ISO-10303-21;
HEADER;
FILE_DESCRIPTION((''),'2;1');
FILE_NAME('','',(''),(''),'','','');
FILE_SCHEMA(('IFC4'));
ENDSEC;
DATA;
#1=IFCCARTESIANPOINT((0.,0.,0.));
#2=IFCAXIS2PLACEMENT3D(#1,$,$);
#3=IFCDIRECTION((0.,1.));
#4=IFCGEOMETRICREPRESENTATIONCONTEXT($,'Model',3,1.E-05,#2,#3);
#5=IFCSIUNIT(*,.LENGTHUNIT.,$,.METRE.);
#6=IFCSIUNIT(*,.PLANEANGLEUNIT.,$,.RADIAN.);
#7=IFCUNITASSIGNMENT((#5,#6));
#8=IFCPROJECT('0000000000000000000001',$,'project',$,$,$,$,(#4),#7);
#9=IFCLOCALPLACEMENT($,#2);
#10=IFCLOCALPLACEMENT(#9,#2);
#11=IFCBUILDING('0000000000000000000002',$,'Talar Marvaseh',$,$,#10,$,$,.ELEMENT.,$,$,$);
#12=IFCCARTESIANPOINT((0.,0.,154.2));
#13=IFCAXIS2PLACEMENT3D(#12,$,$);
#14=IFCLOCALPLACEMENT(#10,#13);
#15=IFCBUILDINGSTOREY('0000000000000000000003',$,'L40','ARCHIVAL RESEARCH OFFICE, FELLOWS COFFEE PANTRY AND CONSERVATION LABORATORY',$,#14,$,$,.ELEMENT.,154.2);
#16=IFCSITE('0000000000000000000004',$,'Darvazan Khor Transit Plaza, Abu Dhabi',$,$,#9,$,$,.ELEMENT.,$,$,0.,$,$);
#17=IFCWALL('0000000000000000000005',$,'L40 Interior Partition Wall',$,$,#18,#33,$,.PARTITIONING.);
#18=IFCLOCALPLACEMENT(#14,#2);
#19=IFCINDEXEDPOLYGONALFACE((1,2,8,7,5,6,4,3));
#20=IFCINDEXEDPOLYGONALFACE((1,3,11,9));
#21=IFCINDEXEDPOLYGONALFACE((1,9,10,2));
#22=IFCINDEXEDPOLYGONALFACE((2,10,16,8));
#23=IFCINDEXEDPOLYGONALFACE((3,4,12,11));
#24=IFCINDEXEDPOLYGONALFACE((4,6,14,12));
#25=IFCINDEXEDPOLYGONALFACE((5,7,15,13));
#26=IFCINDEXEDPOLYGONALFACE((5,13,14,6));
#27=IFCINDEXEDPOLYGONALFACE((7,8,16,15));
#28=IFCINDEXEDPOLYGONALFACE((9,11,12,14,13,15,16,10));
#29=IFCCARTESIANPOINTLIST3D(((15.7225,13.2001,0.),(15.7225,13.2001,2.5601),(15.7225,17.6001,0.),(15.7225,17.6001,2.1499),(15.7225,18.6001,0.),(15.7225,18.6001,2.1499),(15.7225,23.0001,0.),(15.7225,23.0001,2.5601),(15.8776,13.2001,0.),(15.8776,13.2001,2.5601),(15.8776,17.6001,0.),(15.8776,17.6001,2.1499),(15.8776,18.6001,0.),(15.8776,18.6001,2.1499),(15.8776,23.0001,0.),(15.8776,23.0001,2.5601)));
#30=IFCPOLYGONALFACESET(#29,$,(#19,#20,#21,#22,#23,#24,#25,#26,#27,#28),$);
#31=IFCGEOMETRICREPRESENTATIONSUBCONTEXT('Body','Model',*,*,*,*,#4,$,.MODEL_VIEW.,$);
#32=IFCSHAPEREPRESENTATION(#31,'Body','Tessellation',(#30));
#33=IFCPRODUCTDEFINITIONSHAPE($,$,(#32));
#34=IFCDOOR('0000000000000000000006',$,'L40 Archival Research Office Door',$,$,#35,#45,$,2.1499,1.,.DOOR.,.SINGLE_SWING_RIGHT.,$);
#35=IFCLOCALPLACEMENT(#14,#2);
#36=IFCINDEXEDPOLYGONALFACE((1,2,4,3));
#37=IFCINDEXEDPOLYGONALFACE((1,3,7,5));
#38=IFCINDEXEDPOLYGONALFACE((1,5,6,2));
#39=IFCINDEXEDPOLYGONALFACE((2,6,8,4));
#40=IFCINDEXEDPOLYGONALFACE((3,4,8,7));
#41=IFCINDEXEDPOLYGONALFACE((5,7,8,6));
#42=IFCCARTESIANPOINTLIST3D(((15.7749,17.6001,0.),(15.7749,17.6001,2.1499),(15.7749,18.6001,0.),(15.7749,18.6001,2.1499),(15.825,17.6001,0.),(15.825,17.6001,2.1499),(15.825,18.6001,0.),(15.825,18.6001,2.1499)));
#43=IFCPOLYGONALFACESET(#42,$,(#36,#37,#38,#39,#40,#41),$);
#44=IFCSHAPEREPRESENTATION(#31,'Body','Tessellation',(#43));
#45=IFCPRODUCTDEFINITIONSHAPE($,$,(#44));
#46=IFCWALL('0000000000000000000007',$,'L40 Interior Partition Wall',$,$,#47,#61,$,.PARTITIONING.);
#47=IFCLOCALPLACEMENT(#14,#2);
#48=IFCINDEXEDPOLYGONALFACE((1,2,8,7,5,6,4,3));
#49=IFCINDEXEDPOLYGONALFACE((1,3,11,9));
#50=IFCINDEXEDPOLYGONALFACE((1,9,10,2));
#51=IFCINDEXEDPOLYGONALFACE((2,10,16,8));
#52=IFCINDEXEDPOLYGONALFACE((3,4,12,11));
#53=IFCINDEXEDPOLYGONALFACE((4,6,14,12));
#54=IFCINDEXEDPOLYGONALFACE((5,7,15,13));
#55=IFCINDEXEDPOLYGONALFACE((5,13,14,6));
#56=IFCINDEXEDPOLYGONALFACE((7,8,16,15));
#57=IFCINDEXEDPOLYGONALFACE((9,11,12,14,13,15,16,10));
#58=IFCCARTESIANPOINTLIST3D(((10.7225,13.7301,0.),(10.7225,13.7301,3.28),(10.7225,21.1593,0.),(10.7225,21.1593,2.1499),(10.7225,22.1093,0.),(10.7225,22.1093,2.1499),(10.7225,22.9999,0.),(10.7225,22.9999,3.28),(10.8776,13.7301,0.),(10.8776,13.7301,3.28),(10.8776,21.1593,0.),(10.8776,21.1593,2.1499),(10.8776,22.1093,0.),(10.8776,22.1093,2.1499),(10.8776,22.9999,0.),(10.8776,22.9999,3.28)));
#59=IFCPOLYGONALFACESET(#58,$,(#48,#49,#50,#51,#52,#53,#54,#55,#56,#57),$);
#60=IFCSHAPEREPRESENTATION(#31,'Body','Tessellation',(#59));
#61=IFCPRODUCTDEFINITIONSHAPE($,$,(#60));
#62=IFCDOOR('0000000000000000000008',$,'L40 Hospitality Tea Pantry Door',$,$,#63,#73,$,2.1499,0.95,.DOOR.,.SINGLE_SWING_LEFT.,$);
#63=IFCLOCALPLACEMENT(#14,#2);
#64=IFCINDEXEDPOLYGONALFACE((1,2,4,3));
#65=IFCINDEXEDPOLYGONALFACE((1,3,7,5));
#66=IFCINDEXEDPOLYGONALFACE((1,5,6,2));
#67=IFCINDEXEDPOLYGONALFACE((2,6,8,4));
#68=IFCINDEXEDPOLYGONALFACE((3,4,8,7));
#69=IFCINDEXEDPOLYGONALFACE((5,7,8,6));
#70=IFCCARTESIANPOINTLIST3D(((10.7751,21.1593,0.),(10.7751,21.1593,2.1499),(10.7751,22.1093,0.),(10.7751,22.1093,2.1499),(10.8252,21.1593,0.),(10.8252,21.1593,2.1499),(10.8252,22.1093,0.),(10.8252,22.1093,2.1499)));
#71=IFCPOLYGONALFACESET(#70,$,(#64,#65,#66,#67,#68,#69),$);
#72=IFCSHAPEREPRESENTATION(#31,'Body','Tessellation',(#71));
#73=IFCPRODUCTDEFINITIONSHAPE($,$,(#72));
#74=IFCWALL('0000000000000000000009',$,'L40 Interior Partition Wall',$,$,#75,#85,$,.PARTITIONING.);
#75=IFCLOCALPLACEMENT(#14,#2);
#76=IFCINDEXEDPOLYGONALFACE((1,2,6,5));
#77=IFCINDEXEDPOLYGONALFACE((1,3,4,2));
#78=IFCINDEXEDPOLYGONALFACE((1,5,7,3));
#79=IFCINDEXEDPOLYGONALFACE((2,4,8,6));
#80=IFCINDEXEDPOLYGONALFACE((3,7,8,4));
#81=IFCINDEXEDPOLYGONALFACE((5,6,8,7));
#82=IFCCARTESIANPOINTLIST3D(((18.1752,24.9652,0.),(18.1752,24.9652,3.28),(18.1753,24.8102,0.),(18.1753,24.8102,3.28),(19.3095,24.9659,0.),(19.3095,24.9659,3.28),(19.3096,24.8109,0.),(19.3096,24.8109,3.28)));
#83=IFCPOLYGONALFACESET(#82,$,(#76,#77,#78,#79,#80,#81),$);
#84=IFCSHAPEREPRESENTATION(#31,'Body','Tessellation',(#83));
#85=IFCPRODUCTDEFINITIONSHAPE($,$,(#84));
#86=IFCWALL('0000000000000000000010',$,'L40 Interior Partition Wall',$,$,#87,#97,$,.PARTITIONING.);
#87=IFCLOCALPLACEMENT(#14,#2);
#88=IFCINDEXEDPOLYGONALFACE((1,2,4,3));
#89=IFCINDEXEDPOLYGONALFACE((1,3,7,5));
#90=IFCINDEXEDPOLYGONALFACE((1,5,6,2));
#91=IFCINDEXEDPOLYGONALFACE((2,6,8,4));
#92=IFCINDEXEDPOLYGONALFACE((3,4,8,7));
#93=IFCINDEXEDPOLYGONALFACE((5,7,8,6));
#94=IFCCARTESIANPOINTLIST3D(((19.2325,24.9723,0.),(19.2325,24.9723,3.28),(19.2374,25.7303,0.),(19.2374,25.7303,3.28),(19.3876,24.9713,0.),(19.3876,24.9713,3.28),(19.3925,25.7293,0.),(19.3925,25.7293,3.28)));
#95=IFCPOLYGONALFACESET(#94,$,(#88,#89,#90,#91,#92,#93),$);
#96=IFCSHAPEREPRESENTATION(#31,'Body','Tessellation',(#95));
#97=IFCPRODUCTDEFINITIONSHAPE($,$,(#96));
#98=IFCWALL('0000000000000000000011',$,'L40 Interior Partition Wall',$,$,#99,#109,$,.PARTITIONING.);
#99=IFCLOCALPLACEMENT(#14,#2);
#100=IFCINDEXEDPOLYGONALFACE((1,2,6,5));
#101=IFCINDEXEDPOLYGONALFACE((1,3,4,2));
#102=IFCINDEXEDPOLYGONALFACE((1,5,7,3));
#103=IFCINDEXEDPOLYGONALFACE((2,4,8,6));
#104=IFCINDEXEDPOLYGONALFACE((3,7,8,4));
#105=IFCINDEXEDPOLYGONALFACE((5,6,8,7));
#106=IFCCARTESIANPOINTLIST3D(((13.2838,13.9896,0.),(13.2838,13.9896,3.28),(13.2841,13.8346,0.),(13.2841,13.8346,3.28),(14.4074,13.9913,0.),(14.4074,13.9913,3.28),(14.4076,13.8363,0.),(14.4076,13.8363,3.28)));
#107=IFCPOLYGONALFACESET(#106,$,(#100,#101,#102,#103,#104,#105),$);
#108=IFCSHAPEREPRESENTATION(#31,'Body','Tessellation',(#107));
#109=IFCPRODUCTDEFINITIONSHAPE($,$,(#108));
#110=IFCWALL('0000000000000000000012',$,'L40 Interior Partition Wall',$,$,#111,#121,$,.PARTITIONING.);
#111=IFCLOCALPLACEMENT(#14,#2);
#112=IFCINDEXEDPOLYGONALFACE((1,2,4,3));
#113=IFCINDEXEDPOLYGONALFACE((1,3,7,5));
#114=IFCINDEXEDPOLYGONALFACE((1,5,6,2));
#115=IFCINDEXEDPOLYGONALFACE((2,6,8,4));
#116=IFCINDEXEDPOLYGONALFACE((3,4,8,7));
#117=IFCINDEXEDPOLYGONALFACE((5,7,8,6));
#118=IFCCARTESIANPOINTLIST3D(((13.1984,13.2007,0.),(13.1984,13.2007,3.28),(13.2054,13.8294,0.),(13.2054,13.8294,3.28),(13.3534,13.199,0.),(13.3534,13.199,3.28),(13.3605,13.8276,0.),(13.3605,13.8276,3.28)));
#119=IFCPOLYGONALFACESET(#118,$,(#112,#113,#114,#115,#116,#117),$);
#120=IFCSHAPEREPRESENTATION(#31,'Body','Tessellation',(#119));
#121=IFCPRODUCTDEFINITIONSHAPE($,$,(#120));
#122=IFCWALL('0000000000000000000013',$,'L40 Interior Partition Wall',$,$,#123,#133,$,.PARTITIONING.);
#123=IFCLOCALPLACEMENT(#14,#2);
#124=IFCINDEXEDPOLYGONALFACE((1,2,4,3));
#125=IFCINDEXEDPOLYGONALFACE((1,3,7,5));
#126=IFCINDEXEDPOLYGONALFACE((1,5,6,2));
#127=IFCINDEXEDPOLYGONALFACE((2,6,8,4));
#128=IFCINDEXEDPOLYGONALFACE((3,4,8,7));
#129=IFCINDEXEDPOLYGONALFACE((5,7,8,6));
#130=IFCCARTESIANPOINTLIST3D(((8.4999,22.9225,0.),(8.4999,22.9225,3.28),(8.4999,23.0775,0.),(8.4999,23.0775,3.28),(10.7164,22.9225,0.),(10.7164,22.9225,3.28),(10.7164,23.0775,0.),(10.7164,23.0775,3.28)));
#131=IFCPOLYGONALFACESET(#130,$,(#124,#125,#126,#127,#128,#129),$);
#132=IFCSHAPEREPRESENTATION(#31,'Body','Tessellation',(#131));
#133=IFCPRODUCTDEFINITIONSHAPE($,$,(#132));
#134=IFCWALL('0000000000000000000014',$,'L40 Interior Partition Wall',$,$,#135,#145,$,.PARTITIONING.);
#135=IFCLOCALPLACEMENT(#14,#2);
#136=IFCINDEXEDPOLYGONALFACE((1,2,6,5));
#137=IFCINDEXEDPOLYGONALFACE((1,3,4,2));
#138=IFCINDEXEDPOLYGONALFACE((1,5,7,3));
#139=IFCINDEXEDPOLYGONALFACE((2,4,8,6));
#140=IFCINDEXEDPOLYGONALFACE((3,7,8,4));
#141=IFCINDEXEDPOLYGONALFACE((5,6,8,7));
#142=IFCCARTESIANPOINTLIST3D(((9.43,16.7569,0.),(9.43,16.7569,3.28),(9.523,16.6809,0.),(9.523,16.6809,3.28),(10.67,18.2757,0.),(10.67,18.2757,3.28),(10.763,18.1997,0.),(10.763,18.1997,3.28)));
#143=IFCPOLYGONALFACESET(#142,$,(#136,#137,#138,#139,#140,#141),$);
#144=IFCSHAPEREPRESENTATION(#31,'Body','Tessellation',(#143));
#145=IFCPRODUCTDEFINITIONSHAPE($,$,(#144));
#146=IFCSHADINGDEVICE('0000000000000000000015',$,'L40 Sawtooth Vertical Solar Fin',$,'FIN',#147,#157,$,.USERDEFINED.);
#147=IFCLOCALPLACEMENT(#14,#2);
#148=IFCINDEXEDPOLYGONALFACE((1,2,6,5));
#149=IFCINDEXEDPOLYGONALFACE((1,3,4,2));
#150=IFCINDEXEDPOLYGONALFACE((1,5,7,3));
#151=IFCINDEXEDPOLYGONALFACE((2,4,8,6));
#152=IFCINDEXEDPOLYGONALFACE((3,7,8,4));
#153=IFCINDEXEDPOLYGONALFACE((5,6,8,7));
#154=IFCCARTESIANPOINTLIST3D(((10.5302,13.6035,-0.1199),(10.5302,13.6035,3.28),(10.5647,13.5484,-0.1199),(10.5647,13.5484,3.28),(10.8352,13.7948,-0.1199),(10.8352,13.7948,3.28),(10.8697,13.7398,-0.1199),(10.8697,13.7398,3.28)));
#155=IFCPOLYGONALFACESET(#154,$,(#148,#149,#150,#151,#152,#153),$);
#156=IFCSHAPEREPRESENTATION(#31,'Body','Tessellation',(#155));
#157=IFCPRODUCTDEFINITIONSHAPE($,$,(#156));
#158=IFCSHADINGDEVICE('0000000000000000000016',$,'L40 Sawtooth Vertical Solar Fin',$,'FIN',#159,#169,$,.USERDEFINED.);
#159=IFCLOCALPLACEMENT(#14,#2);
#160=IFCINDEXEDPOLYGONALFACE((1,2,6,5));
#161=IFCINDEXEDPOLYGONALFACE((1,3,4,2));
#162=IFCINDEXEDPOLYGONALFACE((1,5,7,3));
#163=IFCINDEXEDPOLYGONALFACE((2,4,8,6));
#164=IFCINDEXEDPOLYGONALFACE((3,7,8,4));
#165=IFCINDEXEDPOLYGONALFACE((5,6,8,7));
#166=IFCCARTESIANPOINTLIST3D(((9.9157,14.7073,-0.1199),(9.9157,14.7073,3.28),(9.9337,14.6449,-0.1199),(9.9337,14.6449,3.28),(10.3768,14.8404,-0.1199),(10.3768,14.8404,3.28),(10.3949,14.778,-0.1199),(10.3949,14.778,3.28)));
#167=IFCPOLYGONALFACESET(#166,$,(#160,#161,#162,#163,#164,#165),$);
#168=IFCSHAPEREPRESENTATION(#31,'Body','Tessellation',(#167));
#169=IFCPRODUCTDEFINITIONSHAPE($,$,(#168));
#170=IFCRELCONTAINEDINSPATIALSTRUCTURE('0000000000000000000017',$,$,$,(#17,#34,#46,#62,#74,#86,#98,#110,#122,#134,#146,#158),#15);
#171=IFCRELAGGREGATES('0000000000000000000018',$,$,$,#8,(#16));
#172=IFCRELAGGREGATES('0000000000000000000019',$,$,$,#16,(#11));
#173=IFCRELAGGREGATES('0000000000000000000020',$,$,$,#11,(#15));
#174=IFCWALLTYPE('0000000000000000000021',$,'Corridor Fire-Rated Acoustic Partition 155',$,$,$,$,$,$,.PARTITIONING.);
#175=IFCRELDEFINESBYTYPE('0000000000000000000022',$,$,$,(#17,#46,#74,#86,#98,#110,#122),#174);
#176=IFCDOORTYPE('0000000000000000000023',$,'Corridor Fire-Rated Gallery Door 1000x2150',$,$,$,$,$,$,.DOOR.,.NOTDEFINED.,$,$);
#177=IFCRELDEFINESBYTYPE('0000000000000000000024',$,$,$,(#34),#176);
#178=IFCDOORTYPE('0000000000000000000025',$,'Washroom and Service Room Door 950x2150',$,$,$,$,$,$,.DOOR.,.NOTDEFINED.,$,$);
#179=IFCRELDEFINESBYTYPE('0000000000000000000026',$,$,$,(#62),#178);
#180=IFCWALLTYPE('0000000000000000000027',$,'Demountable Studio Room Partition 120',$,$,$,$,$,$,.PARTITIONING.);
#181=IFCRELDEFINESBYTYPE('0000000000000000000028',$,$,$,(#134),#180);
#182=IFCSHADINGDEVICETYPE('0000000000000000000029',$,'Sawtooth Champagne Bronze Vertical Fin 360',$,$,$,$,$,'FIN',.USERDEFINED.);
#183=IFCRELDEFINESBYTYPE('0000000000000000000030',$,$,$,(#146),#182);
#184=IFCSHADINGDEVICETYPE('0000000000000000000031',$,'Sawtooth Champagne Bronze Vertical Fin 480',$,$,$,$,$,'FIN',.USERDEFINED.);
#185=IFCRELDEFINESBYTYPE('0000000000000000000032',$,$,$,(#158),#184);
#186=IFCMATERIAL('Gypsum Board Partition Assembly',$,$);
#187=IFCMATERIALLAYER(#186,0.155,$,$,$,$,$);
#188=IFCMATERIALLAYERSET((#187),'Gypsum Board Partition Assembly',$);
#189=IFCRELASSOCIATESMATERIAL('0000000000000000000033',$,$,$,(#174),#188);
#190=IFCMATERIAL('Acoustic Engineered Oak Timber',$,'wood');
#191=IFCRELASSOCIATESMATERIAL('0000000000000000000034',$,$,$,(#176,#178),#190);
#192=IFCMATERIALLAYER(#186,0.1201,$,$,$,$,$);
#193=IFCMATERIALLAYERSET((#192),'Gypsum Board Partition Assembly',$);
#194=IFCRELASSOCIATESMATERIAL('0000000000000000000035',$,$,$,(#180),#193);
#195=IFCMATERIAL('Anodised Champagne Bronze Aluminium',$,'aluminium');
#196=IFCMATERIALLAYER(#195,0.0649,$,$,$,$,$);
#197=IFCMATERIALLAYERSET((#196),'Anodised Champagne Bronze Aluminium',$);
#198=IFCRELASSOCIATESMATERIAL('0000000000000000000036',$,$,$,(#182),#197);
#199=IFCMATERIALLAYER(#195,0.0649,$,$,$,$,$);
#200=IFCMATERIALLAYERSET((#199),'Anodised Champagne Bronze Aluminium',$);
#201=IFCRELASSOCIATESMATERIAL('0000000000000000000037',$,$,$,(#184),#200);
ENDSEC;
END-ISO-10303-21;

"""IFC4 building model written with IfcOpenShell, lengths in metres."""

from ifc_helpers import new_model, si_unit, direction, frame, frame_2d, origin, origin_2d, place, context, subcontext, project, spatial, rectangle, extrude, source, transform, mapped, material, layer, layer_set, type_object, type_shapes, element, fill, save


model = new_model("IFC4")

# Units and contexts
model_context = context("Model", 3, precision=1e-05, world=origin(), true_north=direction((0.0, 1.0)))
body_context = subcontext(model_context, "Body", "Model", "MODEL_VIEW")
ifc_project = project(units=[si_unit("LENGTHUNIT", "METRE"), si_unit("PLANEANGLEUNIT", "RADIAN")], contexts=[model_context])

# Site, building, storey
site_placement = place(None, origin())
site = spatial("IfcSite", under=ifc_project, at=site_placement, Name="Darvazan Khor Transit Plaza, Abu Dhabi", CompositionType="ELEMENT", RefElevation=0.0)
building_placement = place(site_placement, origin())
building = spatial("IfcBuilding", under=site, at=building_placement, Name="Talar Marvaseh", CompositionType="ELEMENT")
storey_placement = place(building_placement, frame((0.0, 0.0, 154.2)))
storey = spatial("IfcBuildingStorey", under=building, at=storey_placement, Name="L40", Description="ARCHIVAL RESEARCH OFFICE, FELLOWS COFFEE PANTRY AND CONSERVATION LABORATORY", CompositionType="ELEMENT", Elevation=154.2)

# Walls, openings, doors
ifc_material_1 = material(Name="Gypsum Board Partition Assembly")
ifc_layer_1 = layer(ifc_material_1, 0.155)
ifc_layer_set_1 = layer_set([ifc_layer_1], Name="Gypsum Board Partition Assembly")
wall_type_1 = type_object("IfcWallType", Name="Corridor Fire-Rated Acoustic Partition 155", PredefinedType="PARTITIONING", material=ifc_layer_set_1)
wall_1_placement = place(storey_placement, frame((15.8, 23.0, 0.0), z_axis=(0.0, 0.0, 1.0), x_axis=(0.0, -1.0, 0.0)))
wall_1 = element("IfcWall", 1, at=wall_1_placement, inside=storey, type_object=wall_type_1, Name="L40 Interior Partition Wall", PredefinedType="PARTITIONING", context=body_context, shape_type="SweptSolid", body=[
    extrude(rectangle(XDim=9.8, YDim=0.155, at=frame_2d((4.8999, 0.0))), origin(), (0.0, 0.0, 1.0), 2.5601),
])
opening_1_placement = place(wall_1_placement, frame((4.3999, 0.0, 0.0)))
opening_1 = element("IfcOpeningElement", 2, at=opening_1_placement, cuts=wall_1, PredefinedType="OPENING", context=body_context, shape_type="SweptSolid", body=[
    extrude(rectangle(XDim=1.0, YDim=2.1499, at=frame_2d((0.5, 1.075))), frame((0.0, 0.0874, 0.0), z_axis=(0.0, -1.0, 0.0), x_axis=(1.0, 0.0, 0.0)), (0.0, 0.0, 1.0), 0.175),
])
ifc_material_2 = material(Name="Acoustic Engineered Oak Timber", Category="wood")
door_type_1 = type_object("IfcDoorType", Name="Corridor Fire-Rated Gallery Door 1000x2150", OperationType="NOTDEFINED", PredefinedType="DOOR", material=ifc_material_2)
shared_shape_1 = source(origin(), body_context, "Body", "SweptSolid", [
    extrude(rectangle(XDim=1.0, YDim=2.1499, at=frame_2d((0.5, 1.075))), frame((0.0, 0.0249, 0.0), z_axis=(0.0, -1.0, 0.0), x_axis=(1.0, 0.0, 0.0)), (0.0, 0.0, 1.0), 0.05),
])
type_shapes(door_type_1, [shared_shape_1])
door_1_placement = place(opening_1_placement, origin())
door_1 = element("IfcDoor", 3, at=door_1_placement, inside=storey, type_object=door_type_1, Name="L40 Archival Research Office Door", OperationType="SINGLE_SWING_RIGHT", OverallHeight=2.1499, OverallWidth=1.0, PredefinedType="DOOR", context=body_context, shape_type="MappedRepresentation", body=[
    mapped(shared_shape_1, transform((0.0, 0.0, 0.0), x_axis=(1.0, 0.0, 0.0), y_axis=(0.0, 1.0, 0.0), z_axis=(0.0, 0.0, 1.0), scale=1.0)),
])
fill(opening_1, door_1)
wall_2_placement = place(storey_placement, frame((10.8, 13.7302, 0.0), z_axis=(0.0, 0.0, 1.0), x_axis=(0.0, 1.0, 0.0)))
wall_2 = element("IfcWall", 4, at=wall_2_placement, inside=storey, type_object=wall_type_1, Name="L40 Interior Partition Wall", PredefinedType="PARTITIONING", context=body_context, shape_type="SweptSolid", body=[
    extrude(rectangle(XDim=9.2698, YDim=0.155, at=frame_2d((4.6348, 0.0))), origin(), (0.0, 0.0, 1.0), 3.28),
])
opening_2_placement = place(wall_2_placement, frame((7.429, 0.0, 0.0)))
opening_2 = element("IfcOpeningElement", 5, at=opening_2_placement, cuts=wall_2, PredefinedType="OPENING", context=body_context, shape_type="SweptSolid", body=[
    extrude(rectangle(XDim=0.95, YDim=2.1499, at=frame_2d((0.4751, 1.075))), frame((0.0, 0.0874, 0.0), z_axis=(0.0, -1.0, 0.0), x_axis=(1.0, 0.0, 0.0)), (0.0, 0.0, 1.0), 0.175),
])
door_type_2 = type_object("IfcDoorType", Name="Washroom and Service Room Door 950x2150", OperationType="NOTDEFINED", PredefinedType="DOOR", material=ifc_material_2)
shared_shape_2 = source(origin(), body_context, "Body", "SweptSolid", [
    extrude(rectangle(XDim=0.95, YDim=2.1499, at=frame_2d((0.4751, 1.075))), frame((0.0, 0.0249, 0.0), z_axis=(0.0, -1.0, 0.0), x_axis=(1.0, 0.0, 0.0)), (0.0, 0.0, 1.0), 0.05),
])
type_shapes(door_type_2, [shared_shape_2])
door_2_placement = place(opening_2_placement, origin())
door_2 = element("IfcDoor", 6, at=door_2_placement, inside=storey, type_object=door_type_2, Name="L40 Hospitality Tea Pantry Door", OperationType="SINGLE_SWING_LEFT", OverallHeight=2.1499, OverallWidth=0.95, PredefinedType="DOOR", context=body_context, shape_type="MappedRepresentation", body=[
    mapped(shared_shape_2, transform((0.0, 0.0, 0.0), x_axis=(1.0, 0.0, 0.0), y_axis=(0.0, 1.0, 0.0), z_axis=(0.0, 0.0, 1.0), scale=1.0)),
])
fill(opening_2, door_2)

# Walls
wall_3_placement = place(storey_placement, frame((18.1753, 24.8877, 0.0), z_axis=(0.0, 0.0, 1.0), x_axis=(1.0, 0.000646, 0.0)))
element("IfcWall", 7, at=wall_3_placement, inside=storey, type_object=wall_type_1, Name="L40 Interior Partition Wall", PredefinedType="PARTITIONING", context=body_context, shape_type="SweptSolid", body=[
    extrude(rectangle(XDim=1.1343, YDim=0.155, at=frame_2d((0.5671, 0.0))), origin(), (0.0, 0.0, 1.0), 3.28),
])
wall_4_placement = place(storey_placement, frame((19.3101, 24.9719, 0.0), z_axis=(0.0, 0.0, 1.0), x_axis=(0.006441, 0.999979, 0.0)))
element("IfcWall", 8, at=wall_4_placement, inside=storey, type_object=wall_type_1, Name="L40 Interior Partition Wall", PredefinedType="PARTITIONING", context=body_context, shape_type="SweptSolid", body=[
    extrude(rectangle(XDim=0.7581, YDim=0.155, at=frame_2d((0.3789, 0.0))), origin(), (0.0, 0.0, 1.0), 3.28),
])
wall_5_placement = place(storey_placement, frame((14.4075, 13.9138, 0.0), z_axis=(0.0, 0.0, 1.0), x_axis=(-0.999999, -0.001521, 0.0)))
element("IfcWall", 9, at=wall_5_placement, inside=storey, type_object=wall_type_1, Name="L40 Interior Partition Wall", PredefinedType="PARTITIONING", context=body_context, shape_type="SweptSolid", body=[
    extrude(rectangle(XDim=1.1235, YDim=0.155, at=frame_2d((0.5618, 0.0))), origin(), (0.0, 0.0, 1.0), 3.28),
])
wall_6_placement = place(storey_placement, frame((13.283, 13.8286, 0.0), z_axis=(0.0, 0.0, 1.0), x_axis=(-0.011261, -0.999937, 0.0)))
element("IfcWall", 10, at=wall_6_placement, inside=storey, type_object=wall_type_1, Name="L40 Interior Partition Wall", PredefinedType="PARTITIONING", context=body_context, shape_type="SweptSolid", body=[
    extrude(rectangle(XDim=0.6287, YDim=0.155, at=frame_2d((0.3145, 0.0))), origin(), (0.0, 0.0, 1.0), 3.28),
])
wall_7_placement = place(storey_placement, frame((10.7166, 23.0, 0.0), z_axis=(0.0, 0.0, 1.0), x_axis=(-1.0, 0.0, 0.0)))
element("IfcWall", 11, at=wall_7_placement, inside=storey, type_object=wall_type_1, Name="L40 Interior Partition Wall", PredefinedType="PARTITIONING", context=body_context, shape_type="SweptSolid", body=[
    extrude(rectangle(XDim=2.2166, YDim=0.155, at=frame_2d((1.1084, 0.0))), origin(), (0.0, 0.0, 1.0), 3.28),
])
ifc_layer_2 = layer(ifc_material_1, 0.1201)
ifc_layer_set_2 = layer_set([ifc_layer_2], Name="Gypsum Board Partition Assembly")
wall_type_2 = type_object("IfcWallType", Name="Demountable Studio Room Partition 120", PredefinedType="PARTITIONING", material=ifc_layer_set_2)
wall_8_placement = place(storey_placement, frame((10.7166, 18.2378, 0.0), z_axis=(0.0, 0.0, 1.0), x_axis=(-0.632424, -0.774623, 0.0)))
element("IfcWall", 12, at=wall_8_placement, inside=storey, type_object=wall_type_2, Name="L40 Interior Partition Wall", PredefinedType="PARTITIONING", context=body_context, shape_type="SweptSolid", body=[
    extrude(rectangle(XDim=1.9607, YDim=0.1201, at=frame_2d((0.9805, 0.0))), origin(), (0.0, 0.0, 1.0), 3.28),
])

# Shading devices
ifc_material_3 = material(Name="Anodised Champagne Bronze Aluminium", Category="aluminium")
ifc_layer_3 = layer(ifc_material_3, 0.0649)
ifc_layer_set_3 = layer_set([ifc_layer_3], Name="Anodised Champagne Bronze Aluminium")
shading_device_type_1 = type_object("IfcShadingDeviceType", Name="Sawtooth Champagne Bronze Vertical Fin 360", ElementType="FIN", PredefinedType="USERDEFINED", material=ifc_layer_set_3)
shared_shape_3 = source(origin(), body_context, "Body", "SweptSolid", [
    extrude(rectangle(XDim=0.3601, YDim=0.0649, at=origin_2d()), origin(), (0.0, 0.0, 1.0), 3.3999),
])
type_shapes(shading_device_type_1, [shared_shape_3])
shading_device_placement = place(storey_placement, frame((10.7, 13.6716, -0.1199), z_axis=(0.0, 0.0, 1.0), x_axis=(-0.847122, -0.531399, 0.0)))
element("IfcShadingDevice", 13, at=shading_device_placement, inside=storey, type_object=shading_device_type_1, Name="L40 Sawtooth Vertical Solar Fin", ObjectType="FIN", PredefinedType="USERDEFINED", context=body_context, shape_type="MappedRepresentation", body=[
    mapped(shared_shape_3, transform((0.0, 0.0, 0.0), x_axis=(1.0, 0.0, 0.0), y_axis=(0.0, 1.0, 0.0), z_axis=(0.0, 0.0, 1.0), scale=1.0)),
])
ifc_layer_4 = layer(ifc_material_3, 0.0649)
ifc_layer_set_4 = layer_set([ifc_layer_4], Name="Anodised Champagne Bronze Aluminium")
shading_device_type_2 = type_object("IfcShadingDeviceType", Name="Sawtooth Champagne Bronze Vertical Fin 480", ElementType="FIN", PredefinedType="USERDEFINED", material=ifc_layer_set_4)
shared_shape_4 = source(origin(), body_context, "Body", "SweptSolid", [
    extrude(rectangle(XDim=0.48, YDim=0.0649, at=origin_2d()), origin(), (0.0, 0.0, 1.0), 3.3999),
])
type_shapes(shading_device_type_2, [shared_shape_4])
for number, where, z_axis, x_axis, name in (
    (14, (10.1553, 14.7427, -0.1199), (0.0, 0.0, 1.0), (-0.960779, -0.277315, 0.0), "L40 Sawtooth Vertical Solar Fin"),
):
    element("IfcShadingDevice", number, at=place(storey_placement, frame(where, z_axis=z_axis, x_axis=x_axis)), inside=storey, type_object=shading_device_type_2, Name=name, ObjectType="FIN", PredefinedType="USERDEFINED", context=body_context, shape_type="MappedRepresentation", body=[
        mapped(shared_shape_4, transform((0.0, 0.0, 0.0), x_axis=(1.0, 0.0, 0.0), y_axis=(0.0, 1.0, 0.0), z_axis=(0.0, 0.0, 1.0), scale=1.0)),
    ])

save(model, "model.ifc")
